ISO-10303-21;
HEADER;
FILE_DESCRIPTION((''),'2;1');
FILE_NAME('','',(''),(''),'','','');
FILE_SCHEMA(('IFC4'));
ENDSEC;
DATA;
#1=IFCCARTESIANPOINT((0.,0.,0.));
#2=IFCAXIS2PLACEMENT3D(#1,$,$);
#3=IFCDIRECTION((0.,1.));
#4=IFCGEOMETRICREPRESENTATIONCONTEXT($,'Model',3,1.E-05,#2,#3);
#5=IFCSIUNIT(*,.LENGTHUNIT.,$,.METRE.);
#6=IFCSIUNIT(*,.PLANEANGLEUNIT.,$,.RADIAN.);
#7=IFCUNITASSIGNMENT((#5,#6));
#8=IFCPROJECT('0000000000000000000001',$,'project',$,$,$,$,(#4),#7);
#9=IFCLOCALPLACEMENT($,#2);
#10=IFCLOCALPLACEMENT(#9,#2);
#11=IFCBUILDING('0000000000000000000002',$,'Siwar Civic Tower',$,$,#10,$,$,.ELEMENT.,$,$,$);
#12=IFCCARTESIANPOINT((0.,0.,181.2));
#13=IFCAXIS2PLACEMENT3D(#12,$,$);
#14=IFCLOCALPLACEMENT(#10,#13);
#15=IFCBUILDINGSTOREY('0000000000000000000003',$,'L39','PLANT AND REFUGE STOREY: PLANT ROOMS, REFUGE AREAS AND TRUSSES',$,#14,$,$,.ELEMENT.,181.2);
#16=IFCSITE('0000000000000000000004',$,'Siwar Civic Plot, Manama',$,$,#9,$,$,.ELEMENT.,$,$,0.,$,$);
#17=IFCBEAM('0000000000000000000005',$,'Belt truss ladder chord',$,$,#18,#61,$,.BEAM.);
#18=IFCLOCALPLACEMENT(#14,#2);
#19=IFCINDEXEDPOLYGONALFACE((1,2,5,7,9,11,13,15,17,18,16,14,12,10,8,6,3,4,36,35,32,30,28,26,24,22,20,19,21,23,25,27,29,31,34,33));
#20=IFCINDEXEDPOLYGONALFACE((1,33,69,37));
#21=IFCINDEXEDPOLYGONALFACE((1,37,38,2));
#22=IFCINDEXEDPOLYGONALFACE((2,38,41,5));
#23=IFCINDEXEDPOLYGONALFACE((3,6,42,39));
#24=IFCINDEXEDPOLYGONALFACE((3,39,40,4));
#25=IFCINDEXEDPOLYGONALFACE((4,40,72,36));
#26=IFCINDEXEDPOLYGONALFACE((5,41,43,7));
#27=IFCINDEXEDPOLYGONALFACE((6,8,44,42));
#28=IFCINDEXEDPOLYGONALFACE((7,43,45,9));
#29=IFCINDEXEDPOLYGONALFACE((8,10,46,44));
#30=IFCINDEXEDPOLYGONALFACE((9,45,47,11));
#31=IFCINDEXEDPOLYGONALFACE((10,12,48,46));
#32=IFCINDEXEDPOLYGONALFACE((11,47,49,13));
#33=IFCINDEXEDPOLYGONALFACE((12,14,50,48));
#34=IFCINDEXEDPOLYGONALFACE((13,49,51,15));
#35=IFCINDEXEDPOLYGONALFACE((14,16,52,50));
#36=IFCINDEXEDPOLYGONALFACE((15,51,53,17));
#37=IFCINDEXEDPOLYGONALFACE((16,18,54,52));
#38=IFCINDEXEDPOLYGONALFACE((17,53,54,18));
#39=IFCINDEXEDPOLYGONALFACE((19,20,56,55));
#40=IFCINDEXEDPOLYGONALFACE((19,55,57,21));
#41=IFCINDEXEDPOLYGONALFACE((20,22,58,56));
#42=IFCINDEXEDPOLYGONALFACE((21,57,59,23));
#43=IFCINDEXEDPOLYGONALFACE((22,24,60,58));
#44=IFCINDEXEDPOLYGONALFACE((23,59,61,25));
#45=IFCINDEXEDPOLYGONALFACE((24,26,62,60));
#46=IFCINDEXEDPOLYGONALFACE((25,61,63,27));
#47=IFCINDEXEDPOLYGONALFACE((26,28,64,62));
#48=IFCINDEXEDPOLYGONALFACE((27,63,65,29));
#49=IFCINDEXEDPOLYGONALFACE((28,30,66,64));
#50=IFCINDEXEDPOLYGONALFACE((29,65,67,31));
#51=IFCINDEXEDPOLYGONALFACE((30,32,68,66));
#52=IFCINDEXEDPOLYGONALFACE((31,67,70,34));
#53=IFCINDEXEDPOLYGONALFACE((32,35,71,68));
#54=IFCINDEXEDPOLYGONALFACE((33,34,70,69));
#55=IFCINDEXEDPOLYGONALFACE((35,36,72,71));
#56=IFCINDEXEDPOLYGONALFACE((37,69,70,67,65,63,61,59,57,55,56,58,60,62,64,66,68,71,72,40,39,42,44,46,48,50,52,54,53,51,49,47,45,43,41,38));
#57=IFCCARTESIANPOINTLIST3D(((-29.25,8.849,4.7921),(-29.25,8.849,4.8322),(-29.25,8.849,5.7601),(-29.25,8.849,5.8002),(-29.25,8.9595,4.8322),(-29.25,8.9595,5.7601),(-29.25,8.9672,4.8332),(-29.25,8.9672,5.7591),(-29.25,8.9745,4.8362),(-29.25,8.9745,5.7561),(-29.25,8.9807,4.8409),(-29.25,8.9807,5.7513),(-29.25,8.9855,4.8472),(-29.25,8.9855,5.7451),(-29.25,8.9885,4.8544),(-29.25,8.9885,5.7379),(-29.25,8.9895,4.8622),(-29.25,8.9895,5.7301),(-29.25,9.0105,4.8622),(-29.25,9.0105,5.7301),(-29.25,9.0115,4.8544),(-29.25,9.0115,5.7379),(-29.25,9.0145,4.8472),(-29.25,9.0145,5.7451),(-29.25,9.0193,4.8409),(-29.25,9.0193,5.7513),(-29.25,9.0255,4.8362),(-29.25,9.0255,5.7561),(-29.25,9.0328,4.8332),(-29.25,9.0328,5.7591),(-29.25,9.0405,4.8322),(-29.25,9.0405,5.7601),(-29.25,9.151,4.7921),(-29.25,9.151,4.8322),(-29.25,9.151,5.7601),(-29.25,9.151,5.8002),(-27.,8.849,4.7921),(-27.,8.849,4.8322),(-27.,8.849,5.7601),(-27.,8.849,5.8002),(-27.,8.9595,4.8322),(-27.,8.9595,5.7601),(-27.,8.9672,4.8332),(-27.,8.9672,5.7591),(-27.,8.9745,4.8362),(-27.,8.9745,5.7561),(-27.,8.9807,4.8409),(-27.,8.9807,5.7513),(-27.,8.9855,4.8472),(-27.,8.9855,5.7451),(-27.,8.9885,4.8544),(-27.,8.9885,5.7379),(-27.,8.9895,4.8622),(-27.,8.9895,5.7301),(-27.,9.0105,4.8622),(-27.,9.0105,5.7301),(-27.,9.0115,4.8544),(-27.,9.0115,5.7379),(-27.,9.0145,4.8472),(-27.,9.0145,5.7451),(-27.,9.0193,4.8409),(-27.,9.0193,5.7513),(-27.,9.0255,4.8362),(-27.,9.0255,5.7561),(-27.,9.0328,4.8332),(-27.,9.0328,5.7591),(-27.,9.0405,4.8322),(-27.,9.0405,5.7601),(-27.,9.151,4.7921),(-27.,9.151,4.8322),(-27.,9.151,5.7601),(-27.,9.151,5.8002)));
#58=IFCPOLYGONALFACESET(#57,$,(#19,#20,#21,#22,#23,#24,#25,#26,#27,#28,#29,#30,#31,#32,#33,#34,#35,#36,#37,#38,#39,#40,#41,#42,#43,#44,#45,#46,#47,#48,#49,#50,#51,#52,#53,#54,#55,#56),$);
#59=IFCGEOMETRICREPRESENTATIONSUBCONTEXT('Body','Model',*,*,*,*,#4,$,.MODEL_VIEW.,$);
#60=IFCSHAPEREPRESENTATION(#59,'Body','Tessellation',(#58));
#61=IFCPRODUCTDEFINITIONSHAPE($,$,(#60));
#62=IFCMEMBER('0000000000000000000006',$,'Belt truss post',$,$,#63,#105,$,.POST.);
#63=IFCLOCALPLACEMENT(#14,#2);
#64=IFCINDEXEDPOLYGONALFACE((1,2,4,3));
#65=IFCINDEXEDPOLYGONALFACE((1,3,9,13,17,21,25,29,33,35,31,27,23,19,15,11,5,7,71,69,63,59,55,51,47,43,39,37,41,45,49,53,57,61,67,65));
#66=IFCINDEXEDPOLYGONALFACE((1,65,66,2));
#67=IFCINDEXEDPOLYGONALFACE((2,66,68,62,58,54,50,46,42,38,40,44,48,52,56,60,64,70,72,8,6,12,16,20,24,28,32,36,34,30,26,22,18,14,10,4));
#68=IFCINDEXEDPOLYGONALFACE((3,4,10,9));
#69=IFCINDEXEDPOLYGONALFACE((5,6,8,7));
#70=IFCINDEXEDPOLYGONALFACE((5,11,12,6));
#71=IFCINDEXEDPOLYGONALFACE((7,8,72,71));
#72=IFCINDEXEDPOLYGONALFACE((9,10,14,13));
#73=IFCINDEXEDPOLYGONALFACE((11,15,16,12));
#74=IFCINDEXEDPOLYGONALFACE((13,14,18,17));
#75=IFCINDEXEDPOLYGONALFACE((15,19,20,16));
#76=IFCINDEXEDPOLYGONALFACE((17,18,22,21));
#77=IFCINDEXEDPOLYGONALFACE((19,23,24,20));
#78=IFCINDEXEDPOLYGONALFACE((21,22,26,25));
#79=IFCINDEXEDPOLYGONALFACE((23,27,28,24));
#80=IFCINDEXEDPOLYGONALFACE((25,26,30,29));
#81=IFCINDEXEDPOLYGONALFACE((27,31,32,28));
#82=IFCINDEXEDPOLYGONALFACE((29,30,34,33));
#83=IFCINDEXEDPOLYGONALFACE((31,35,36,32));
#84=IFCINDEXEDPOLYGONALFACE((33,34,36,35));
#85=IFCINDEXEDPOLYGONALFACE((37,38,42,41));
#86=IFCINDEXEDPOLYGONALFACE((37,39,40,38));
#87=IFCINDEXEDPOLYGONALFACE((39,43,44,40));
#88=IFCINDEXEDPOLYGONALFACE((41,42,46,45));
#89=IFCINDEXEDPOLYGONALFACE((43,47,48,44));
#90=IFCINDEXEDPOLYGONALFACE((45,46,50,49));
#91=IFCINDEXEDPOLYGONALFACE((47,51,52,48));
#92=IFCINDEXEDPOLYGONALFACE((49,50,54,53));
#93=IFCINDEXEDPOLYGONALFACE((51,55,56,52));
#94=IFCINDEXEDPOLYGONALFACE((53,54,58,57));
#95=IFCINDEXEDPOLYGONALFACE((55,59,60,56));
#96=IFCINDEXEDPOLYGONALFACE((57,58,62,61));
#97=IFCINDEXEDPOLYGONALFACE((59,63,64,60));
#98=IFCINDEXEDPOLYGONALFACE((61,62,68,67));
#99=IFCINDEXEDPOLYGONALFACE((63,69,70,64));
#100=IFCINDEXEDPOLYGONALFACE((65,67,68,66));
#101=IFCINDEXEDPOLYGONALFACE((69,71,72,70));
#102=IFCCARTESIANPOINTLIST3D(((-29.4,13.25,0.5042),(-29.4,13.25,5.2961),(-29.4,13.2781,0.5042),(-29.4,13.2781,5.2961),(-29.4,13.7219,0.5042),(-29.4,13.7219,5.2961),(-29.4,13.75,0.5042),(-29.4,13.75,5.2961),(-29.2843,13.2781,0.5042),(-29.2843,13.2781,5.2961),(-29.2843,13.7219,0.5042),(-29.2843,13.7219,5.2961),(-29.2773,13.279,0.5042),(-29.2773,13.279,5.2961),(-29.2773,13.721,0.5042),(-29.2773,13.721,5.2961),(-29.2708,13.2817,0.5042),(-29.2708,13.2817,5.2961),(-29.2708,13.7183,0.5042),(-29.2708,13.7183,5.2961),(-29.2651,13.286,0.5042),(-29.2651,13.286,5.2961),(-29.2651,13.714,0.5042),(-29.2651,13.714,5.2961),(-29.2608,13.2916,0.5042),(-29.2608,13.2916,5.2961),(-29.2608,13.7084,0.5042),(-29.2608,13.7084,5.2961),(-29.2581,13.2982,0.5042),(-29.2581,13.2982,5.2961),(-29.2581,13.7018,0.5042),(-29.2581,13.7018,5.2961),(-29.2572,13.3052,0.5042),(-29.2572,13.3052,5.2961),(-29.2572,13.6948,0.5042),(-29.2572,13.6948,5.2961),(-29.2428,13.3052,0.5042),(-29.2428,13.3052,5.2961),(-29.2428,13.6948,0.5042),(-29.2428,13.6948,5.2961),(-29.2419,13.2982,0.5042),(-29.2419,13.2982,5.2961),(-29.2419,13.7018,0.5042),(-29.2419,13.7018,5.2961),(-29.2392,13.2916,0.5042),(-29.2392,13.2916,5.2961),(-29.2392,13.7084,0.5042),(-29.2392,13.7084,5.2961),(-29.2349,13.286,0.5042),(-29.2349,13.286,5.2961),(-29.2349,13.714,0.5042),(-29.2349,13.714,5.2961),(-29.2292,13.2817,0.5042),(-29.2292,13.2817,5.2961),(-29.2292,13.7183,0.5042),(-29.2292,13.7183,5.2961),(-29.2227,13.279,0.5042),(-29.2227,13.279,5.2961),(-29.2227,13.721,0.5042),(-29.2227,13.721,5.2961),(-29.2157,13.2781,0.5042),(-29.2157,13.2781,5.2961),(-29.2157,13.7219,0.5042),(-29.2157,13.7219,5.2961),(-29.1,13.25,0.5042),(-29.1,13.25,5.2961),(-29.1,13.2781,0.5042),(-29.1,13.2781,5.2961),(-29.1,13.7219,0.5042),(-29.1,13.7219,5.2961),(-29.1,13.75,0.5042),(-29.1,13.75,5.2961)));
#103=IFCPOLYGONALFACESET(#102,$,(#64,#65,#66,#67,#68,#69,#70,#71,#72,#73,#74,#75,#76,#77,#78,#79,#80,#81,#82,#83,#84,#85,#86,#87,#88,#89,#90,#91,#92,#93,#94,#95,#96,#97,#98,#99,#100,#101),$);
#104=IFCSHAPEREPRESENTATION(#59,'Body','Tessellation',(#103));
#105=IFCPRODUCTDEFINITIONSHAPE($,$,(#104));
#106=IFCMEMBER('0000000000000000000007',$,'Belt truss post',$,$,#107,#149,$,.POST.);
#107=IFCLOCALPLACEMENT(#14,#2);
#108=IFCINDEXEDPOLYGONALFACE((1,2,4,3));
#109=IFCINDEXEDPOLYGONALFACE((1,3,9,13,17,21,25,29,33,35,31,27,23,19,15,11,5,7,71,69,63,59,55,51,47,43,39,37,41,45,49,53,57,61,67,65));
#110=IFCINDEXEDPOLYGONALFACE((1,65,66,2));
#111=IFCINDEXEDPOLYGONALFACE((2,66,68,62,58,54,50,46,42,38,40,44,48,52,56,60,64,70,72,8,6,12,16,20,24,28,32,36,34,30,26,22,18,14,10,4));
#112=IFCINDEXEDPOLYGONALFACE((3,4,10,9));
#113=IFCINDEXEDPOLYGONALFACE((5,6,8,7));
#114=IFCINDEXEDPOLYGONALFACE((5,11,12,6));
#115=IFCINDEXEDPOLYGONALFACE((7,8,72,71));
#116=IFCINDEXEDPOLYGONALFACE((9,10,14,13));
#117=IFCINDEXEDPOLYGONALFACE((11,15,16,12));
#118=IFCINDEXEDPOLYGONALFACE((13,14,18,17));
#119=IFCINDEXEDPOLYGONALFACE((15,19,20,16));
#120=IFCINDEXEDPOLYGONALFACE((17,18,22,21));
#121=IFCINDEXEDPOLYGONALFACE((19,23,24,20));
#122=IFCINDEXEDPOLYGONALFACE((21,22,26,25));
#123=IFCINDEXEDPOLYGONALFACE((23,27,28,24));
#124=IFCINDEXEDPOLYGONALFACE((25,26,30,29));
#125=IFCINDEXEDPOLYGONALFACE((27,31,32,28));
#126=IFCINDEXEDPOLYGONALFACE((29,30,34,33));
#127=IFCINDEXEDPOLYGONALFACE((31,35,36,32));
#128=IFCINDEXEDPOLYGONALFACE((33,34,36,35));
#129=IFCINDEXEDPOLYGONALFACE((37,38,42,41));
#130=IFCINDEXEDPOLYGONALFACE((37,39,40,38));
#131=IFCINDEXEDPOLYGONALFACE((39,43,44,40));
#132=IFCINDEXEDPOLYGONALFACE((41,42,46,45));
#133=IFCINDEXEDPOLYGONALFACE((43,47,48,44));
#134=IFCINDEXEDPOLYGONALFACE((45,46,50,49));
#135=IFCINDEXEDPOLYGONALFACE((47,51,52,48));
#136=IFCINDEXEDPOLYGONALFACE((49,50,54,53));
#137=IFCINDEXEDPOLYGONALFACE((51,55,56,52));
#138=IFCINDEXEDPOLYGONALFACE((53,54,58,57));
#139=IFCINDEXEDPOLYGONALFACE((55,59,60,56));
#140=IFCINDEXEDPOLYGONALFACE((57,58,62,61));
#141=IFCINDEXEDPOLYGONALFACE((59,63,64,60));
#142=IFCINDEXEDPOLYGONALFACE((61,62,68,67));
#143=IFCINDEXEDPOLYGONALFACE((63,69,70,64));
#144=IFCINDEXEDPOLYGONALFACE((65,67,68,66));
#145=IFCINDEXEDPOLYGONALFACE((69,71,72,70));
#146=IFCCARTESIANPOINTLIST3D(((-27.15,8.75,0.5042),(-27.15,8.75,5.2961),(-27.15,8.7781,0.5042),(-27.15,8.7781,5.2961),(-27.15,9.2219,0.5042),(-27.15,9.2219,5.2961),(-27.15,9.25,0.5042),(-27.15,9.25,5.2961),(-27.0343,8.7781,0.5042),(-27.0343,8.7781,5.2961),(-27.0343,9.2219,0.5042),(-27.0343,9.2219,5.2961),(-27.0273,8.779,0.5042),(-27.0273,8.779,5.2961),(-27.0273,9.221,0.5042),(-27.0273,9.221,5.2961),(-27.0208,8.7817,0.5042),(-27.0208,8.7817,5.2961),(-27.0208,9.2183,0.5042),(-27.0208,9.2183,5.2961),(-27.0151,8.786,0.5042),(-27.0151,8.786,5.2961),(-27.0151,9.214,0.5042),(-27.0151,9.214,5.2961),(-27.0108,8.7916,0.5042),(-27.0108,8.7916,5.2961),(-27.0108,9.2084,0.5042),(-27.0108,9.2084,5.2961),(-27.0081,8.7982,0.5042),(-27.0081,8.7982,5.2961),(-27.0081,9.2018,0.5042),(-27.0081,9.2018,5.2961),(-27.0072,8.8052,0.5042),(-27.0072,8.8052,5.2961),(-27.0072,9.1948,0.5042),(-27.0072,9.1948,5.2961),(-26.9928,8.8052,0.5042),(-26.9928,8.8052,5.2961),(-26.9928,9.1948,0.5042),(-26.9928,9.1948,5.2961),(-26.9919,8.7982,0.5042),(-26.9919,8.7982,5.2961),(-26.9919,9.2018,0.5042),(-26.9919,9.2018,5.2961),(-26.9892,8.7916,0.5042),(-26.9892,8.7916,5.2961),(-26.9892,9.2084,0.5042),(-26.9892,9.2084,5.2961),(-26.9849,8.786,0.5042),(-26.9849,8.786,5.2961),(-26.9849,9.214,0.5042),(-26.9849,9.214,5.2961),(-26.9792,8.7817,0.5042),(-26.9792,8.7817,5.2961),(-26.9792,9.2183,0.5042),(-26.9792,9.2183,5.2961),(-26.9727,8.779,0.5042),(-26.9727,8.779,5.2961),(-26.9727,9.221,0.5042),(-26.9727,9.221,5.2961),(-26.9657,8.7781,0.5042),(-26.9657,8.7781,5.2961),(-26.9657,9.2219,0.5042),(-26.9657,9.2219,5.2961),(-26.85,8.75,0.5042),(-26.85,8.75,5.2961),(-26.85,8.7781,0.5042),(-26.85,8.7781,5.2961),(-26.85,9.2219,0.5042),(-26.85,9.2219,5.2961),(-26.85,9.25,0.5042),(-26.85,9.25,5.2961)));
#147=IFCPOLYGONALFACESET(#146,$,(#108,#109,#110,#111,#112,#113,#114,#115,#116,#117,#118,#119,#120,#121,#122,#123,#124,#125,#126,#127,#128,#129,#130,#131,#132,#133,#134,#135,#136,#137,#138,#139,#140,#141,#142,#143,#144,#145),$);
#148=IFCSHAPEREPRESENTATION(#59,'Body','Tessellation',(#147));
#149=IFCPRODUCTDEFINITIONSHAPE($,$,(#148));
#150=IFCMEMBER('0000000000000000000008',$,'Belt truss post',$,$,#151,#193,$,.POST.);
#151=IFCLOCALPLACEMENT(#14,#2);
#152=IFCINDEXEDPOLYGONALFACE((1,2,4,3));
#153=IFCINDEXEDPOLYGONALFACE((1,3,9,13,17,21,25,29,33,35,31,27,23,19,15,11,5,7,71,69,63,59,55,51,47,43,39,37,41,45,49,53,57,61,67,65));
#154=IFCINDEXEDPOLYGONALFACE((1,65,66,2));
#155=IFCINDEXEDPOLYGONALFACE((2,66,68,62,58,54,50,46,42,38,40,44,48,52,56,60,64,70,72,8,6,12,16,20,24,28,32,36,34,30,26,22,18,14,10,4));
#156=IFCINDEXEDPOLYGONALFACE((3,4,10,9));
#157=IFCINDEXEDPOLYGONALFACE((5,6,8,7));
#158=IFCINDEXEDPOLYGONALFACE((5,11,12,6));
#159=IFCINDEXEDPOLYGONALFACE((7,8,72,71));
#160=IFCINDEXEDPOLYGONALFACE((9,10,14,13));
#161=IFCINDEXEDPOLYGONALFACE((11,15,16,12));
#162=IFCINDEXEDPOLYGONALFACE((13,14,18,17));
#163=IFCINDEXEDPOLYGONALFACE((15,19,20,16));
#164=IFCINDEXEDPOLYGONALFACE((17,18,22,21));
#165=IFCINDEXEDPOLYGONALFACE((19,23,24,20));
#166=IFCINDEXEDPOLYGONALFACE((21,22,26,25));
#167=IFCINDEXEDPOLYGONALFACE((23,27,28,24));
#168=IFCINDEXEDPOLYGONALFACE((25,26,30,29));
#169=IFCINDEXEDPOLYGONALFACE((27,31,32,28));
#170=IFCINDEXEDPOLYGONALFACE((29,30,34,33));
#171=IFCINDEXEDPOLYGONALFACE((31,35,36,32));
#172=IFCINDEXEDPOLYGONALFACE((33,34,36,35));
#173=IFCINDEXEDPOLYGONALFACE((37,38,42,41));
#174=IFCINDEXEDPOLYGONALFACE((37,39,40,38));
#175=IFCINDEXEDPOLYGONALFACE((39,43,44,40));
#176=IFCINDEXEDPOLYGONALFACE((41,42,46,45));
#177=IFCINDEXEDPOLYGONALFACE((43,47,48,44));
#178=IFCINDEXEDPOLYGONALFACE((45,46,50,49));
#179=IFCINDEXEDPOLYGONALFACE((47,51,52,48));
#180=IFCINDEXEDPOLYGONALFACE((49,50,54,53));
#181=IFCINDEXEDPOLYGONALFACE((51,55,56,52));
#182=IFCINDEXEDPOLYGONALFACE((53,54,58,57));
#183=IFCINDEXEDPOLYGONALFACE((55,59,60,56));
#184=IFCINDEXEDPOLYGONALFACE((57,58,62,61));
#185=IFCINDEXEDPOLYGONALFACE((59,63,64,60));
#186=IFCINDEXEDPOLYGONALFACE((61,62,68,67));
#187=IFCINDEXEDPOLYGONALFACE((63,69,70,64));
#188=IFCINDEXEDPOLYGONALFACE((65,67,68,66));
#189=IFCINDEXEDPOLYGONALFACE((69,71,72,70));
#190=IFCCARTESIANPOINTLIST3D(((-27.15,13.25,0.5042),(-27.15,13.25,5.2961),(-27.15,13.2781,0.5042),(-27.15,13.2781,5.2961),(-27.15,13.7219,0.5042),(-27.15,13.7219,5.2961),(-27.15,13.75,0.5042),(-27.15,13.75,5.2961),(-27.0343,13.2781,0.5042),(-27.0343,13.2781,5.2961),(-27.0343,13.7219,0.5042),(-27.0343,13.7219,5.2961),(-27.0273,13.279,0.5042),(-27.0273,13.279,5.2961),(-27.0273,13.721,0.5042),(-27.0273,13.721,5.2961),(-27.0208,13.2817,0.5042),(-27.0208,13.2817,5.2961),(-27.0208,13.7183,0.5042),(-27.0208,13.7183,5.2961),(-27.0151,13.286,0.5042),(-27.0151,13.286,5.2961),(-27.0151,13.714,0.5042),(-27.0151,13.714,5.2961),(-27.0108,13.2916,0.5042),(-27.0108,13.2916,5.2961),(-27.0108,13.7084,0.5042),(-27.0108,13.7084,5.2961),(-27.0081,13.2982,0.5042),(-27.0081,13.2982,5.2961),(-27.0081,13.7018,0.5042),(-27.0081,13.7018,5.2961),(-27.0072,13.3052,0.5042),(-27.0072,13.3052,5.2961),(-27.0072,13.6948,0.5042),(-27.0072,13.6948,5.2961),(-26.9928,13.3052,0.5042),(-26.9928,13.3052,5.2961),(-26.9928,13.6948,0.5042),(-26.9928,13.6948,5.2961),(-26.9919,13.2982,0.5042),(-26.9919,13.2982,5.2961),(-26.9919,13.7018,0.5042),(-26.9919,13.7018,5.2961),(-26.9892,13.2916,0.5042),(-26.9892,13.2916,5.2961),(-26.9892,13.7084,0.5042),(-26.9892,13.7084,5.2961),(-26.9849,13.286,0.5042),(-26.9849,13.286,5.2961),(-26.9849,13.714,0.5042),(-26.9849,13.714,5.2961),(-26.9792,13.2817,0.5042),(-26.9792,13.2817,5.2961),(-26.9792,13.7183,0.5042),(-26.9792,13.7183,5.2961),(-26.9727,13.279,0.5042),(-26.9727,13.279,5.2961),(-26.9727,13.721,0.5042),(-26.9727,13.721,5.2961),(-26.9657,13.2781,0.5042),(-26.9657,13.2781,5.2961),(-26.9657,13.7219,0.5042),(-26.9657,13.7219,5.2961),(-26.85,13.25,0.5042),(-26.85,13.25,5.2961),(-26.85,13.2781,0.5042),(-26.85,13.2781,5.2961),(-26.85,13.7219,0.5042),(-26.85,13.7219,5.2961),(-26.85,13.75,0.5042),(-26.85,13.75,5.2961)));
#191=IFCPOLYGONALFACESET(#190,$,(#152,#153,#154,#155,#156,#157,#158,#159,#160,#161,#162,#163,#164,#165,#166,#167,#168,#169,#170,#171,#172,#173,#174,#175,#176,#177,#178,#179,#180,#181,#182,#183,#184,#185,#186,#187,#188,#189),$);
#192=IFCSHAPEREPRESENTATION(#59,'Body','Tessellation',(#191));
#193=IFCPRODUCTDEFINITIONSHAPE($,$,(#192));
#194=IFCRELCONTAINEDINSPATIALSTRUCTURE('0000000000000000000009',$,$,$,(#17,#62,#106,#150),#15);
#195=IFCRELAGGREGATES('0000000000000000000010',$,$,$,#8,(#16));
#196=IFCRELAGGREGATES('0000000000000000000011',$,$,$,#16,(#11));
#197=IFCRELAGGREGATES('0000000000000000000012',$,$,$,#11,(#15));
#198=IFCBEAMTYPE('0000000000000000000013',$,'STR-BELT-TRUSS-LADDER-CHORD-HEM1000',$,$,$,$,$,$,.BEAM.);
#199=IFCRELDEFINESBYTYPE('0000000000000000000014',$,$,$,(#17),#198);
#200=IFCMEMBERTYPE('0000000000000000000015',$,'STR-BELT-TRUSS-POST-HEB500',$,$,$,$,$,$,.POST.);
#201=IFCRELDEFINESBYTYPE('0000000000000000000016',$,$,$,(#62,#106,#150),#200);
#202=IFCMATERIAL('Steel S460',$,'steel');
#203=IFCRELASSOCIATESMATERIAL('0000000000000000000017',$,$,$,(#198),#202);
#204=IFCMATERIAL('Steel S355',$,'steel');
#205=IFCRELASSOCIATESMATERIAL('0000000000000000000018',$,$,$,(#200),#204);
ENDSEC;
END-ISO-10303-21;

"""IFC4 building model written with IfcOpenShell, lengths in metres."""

from ifc_helpers import new_model, si_unit, direction, frame, origin, origin_2d, place, context, subcontext, project, spatial, i_section, extrude, material, material_profile, profile_set, type_object, element, save


model = new_model("IFC4")

# Units and contexts
model_context = context("Model", 3, precision=1e-05, world=origin(), true_north=direction((0.0, 1.0)))
body_context = subcontext(model_context, "Body", "Model", "MODEL_VIEW")
ifc_project = project(units=[si_unit("LENGTHUNIT", "METRE"), si_unit("PLANEANGLEUNIT", "RADIAN")], contexts=[model_context])

# Site, building, storey
site_placement = place(None, origin())
site = spatial("IfcSite", under=ifc_project, at=site_placement, Name="Siwar Civic Plot, Manama", CompositionType="ELEMENT", RefElevation=0.0)
building_placement = place(site_placement, origin())
building = spatial("IfcBuilding", under=site, at=building_placement, Name="Siwar Civic Tower", CompositionType="ELEMENT")
storey_placement = place(building_placement, frame((0.0, 0.0, 181.2)))
storey = spatial("IfcBuildingStorey", under=building, at=storey_placement, Name="L39", Description="PLANT AND REFUGE STOREY: PLANT ROOMS, REFUGE AREAS AND TRUSSES", CompositionType="ELEMENT", Elevation=181.2)

# Beam
ifc_material_1 = material(Name="Steel S460", Category="steel")
ifc_material_profile_1 = material_profile(ifc_material_1, i_section(OverallWidth=0.302, OverallDepth=1.0081, WebThickness=0.021, FlangeThickness=0.04, FilletRadius=0.03, at=origin_2d()), Name="HEM1000")
ifc_profile_set_1 = profile_set([ifc_material_profile_1], Name="Steel S460")
beam_type_1 = type_object("IfcBeamType", Name="STR-BELT-TRUSS-LADDER-CHORD-HEM1000", PredefinedType="BEAM", material=ifc_profile_set_1)
for number, where, z_axis, x_axis, name in (
    (1, (-27.0, 9.0, 5.2961), (-1.0, 0.0, 0.0), (0.0, -1.0, 0.0), "Belt truss ladder chord"),
):
    element("IfcBeam", number, at=place(storey_placement, frame(where, z_axis=z_axis, x_axis=x_axis)), inside=storey, type_object=beam_type_1, Name=name, PredefinedType="BEAM", context=body_context, shape_type="SweptSolid", body=[
        extrude(i_section(OverallWidth=0.302, OverallDepth=1.0081, WebThickness=0.021, FlangeThickness=0.04, FilletRadius=0.03, at=origin_2d()), origin(), (0.0, 0.0, 1.0), 2.25),
    ])

# Members
ifc_material_2 = material(Name="Steel S355", Category="steel")
ifc_material_profile_2 = material_profile(ifc_material_2, i_section(OverallWidth=0.3, OverallDepth=0.5, WebThickness=0.0144, FlangeThickness=0.0281, FilletRadius=0.0271, at=origin_2d()), Name="HEB500")
ifc_profile_set_2 = profile_set([ifc_material_profile_2], Name="Steel S355")
member_type_1 = type_object("IfcMemberType", Name="STR-BELT-TRUSS-POST-HEB500", PredefinedType="POST", material=ifc_profile_set_2)
for number, where, z_axis, x_axis, name in (
    (2, (-29.25, 13.5, 0.5042), (0.0, 0.0, 1.0), (1.0, 0.0, 0.0), "Belt truss post"),
    (3, (-27.0, 9.0, 0.5042), (0.0, 0.0, 1.0), (1.0, 0.0, 0.0), "Belt truss post"),
    (4, (-27.0, 13.5, 0.5042), (0.0, 0.0, 1.0), (1.0, 0.0, 0.0), "Belt truss post"),
):
    element("IfcMember", number, at=place(storey_placement, frame(where, z_axis=z_axis, x_axis=x_axis)), inside=storey, type_object=member_type_1, Name=name, PredefinedType="POST", context=body_context, shape_type="SweptSolid", body=[
        extrude(i_section(OverallWidth=0.3, OverallDepth=0.5, WebThickness=0.0144, FlangeThickness=0.0281, FilletRadius=0.0271, at=origin_2d()), origin(), (0.0, 0.0, 1.0), 4.792),
    ])

save(model, "model.ifc")
